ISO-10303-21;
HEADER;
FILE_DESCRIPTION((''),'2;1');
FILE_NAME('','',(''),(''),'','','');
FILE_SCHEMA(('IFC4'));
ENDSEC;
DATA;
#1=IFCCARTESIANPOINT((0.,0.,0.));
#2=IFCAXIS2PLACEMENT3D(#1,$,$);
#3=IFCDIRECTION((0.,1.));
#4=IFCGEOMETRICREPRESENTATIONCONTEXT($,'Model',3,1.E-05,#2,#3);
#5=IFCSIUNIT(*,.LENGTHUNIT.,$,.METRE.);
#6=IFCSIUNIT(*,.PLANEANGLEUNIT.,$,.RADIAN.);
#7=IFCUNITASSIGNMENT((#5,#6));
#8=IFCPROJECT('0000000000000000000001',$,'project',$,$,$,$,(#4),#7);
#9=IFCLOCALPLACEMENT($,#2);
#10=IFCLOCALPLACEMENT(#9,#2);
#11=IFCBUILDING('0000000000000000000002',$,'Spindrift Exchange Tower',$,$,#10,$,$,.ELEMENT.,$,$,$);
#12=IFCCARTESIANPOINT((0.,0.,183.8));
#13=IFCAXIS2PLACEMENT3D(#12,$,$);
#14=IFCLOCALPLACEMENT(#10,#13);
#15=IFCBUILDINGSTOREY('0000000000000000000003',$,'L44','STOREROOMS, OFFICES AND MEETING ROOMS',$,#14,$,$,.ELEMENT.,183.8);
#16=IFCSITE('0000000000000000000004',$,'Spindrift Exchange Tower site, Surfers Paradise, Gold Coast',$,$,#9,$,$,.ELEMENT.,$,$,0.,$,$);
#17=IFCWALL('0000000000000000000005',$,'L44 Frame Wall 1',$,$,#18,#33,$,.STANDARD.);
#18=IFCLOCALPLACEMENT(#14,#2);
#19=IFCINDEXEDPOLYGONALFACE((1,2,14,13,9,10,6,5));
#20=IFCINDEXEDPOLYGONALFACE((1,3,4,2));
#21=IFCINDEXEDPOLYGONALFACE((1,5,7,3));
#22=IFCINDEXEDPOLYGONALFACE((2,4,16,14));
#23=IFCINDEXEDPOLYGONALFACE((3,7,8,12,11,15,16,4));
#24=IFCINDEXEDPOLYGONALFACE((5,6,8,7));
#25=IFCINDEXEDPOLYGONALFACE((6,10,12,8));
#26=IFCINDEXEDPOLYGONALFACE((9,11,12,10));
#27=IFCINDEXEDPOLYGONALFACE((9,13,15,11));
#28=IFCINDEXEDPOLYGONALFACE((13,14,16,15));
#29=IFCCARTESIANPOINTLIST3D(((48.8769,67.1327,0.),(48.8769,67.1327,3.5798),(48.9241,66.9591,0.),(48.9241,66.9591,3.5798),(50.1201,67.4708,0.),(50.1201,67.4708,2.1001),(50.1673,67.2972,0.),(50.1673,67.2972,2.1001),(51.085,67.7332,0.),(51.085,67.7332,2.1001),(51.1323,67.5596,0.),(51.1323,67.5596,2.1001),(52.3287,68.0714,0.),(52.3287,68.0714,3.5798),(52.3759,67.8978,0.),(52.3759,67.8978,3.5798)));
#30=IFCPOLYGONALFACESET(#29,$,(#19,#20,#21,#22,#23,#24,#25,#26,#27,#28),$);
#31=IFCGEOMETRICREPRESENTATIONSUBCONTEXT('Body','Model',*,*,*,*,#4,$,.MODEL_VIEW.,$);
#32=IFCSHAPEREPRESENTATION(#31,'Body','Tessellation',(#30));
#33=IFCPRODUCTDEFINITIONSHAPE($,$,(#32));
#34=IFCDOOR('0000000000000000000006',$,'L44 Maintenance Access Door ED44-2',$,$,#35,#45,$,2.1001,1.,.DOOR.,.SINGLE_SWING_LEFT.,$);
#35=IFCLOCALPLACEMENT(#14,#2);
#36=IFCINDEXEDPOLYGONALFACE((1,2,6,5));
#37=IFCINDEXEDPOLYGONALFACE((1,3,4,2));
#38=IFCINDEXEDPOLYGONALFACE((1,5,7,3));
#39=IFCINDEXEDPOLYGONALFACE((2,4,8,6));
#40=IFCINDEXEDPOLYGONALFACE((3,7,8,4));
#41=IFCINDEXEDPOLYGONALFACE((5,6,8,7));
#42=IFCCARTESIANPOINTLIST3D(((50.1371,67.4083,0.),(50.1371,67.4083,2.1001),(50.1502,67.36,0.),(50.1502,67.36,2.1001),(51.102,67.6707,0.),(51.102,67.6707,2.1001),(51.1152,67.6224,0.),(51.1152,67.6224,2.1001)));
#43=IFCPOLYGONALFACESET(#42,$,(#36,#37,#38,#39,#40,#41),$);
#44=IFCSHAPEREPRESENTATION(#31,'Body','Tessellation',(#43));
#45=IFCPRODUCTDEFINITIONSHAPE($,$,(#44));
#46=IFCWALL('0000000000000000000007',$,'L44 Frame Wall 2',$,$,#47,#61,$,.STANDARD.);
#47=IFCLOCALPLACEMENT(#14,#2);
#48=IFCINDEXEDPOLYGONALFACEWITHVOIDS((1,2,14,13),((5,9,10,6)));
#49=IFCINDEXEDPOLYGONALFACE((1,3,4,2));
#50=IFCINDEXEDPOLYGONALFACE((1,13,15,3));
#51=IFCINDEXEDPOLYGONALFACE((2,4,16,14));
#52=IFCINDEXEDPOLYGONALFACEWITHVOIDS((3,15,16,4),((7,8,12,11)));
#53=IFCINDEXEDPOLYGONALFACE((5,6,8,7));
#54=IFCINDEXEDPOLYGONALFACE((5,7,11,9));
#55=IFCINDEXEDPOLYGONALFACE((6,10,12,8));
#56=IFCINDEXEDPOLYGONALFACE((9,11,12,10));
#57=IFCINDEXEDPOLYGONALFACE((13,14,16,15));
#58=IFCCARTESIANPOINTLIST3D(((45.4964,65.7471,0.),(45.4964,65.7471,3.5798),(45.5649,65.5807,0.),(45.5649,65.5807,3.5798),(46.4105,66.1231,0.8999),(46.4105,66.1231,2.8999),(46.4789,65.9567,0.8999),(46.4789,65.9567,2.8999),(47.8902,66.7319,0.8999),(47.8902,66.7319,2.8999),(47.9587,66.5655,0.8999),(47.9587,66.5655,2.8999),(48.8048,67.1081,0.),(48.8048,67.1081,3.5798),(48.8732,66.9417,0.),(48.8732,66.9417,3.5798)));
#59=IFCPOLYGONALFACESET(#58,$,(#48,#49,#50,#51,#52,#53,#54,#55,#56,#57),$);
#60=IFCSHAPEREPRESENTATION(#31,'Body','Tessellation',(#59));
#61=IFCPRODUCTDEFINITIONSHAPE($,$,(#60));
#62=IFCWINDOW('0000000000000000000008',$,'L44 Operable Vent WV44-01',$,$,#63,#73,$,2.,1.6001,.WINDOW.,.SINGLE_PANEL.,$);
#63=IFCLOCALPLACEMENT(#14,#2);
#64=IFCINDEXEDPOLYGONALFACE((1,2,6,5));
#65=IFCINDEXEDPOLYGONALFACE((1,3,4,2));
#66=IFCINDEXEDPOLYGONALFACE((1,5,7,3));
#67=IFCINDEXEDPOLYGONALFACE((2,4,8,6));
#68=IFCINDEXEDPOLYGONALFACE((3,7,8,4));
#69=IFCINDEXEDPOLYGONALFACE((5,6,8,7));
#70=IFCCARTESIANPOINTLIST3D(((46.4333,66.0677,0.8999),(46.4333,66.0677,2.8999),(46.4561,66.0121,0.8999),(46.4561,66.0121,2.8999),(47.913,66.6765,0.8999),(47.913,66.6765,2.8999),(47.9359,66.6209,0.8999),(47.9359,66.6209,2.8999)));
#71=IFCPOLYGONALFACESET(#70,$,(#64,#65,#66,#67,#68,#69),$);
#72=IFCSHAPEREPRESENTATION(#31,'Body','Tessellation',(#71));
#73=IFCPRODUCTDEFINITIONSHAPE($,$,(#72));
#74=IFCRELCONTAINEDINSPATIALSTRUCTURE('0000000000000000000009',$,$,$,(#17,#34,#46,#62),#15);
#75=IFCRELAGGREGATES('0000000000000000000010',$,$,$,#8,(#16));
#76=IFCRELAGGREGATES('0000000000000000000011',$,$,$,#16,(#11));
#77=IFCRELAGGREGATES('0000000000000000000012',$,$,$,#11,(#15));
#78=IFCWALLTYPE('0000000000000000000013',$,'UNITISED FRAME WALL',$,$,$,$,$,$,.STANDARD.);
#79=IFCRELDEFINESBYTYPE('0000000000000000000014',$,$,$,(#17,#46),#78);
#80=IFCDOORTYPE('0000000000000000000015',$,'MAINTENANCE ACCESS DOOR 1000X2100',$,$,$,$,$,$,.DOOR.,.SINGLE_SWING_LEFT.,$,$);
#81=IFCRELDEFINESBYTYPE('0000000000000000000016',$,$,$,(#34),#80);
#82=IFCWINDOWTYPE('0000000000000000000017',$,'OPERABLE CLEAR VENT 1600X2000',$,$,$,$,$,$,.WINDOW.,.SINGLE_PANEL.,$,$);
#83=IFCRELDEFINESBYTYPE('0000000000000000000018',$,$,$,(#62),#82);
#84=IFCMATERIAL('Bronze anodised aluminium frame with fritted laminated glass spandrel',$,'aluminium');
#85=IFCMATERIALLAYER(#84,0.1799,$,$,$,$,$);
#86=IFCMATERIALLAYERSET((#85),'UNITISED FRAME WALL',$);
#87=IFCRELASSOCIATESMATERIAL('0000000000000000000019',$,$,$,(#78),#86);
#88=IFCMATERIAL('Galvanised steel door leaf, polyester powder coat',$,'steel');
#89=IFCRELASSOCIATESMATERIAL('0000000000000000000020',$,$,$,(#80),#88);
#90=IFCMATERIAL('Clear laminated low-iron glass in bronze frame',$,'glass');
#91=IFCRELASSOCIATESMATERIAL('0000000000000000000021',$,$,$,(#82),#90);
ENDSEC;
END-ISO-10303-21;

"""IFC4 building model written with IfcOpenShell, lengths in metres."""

from ifc_helpers import new_model, si_unit, direction, frame, frame_2d, origin, place, context, subcontext, project, spatial, rectangle, extrude, source, transform, mapped, material, layer, layer_set, type_object, element, fill, save


model = new_model("IFC4")

# Units and contexts
model_context = context("Model", 3, precision=1e-05, world=origin(), true_north=direction((0.0, 1.0)))
body_context = subcontext(model_context, "Body", "Model", "MODEL_VIEW")
ifc_project = project(units=[si_unit("LENGTHUNIT", "METRE"), si_unit("PLANEANGLEUNIT", "RADIAN")], contexts=[model_context])

# Site, building, storey
site_placement = place(None, origin())
site = spatial("IfcSite", under=ifc_project, at=site_placement, Name="Spindrift Exchange Tower site, Surfers Paradise, Gold Coast", CompositionType="ELEMENT", RefElevation=0.0)
building_placement = place(site_placement, origin())
building = spatial("IfcBuilding", under=site, at=building_placement, Name="Spindrift Exchange Tower", CompositionType="ELEMENT")
storey_placement = place(building_placement, frame((0.0, 0.0, 183.8)))
storey = spatial("IfcBuildingStorey", under=building, at=storey_placement, Name="L44", Description="STOREROOMS, OFFICES AND MEETING ROOMS", CompositionType="ELEMENT", Elevation=183.8)

# Wall, opening, door
ifc_material_1 = material(Name="Bronze anodised aluminium frame with fritted laminated glass spandrel", Category="aluminium")
ifc_layer_1 = layer(ifc_material_1, 0.1799)
ifc_layer_set_1 = layer_set([ifc_layer_1], Name="UNITISED FRAME WALL")
wall_type_1 = type_object("IfcWallType", Name="UNITISED FRAME WALL", PredefinedType="STANDARD", material=ifc_layer_set_1)
wall_1_placement = place(storey_placement, frame((52.3523, 67.9846, 0.0), z_axis=(0.0, 0.0, 1.0), x_axis=(-0.964956, -0.262413, 0.0)))
wall_1 = element("IfcWall", 1, at=wall_1_placement, inside=storey, type_object=wall_type_1, Name="L44 Frame Wall 1", PredefinedType="STANDARD", context=body_context, shape_type="SweptSolid", body=[
    extrude(rectangle(XDim=3.5771, YDim=0.1799, at=frame_2d((1.7886, 0.0))), origin(), (0.0, 0.0, 1.0), 3.5798),
])
opening_1_placement = place(wall_1_placement, frame((1.2888, 0.0, 0.0)))
opening_1 = element("IfcOpeningElement", 2, at=opening_1_placement, cuts=wall_1, PredefinedType="OPENING", context=body_context, shape_type="SweptSolid", body=[
    extrude(rectangle(XDim=1.0, YDim=2.1001, at=frame_2d((0.5, 1.05))), frame((0.0, 0.0999, 0.0), z_axis=(0.0, -1.0, 0.0), x_axis=(1.0, 0.0, 0.0)), (0.0, 0.0, 1.0), 0.2),
])
ifc_material_2 = material(Name="Galvanised steel door leaf, polyester powder coat", Category="steel")
door_type = type_object("IfcDoorType", Name="MAINTENANCE ACCESS DOOR 1000X2100", OperationType="SINGLE_SWING_LEFT", PredefinedType="DOOR", material=ifc_material_2)
shared_shape_1 = source(origin(), body_context, "Body", "SweptSolid", [
    extrude(rectangle(XDim=1.0, YDim=2.1001, at=frame_2d((0.5, 1.05))), frame((0.0, 0.0249, 0.0), z_axis=(0.0, -1.0, 0.0), x_axis=(1.0, 0.0, 0.0)), (0.0, 0.0, 1.0), 0.05),
])
door_placement = place(opening_1_placement, origin())
door = element("IfcDoor", 3, at=door_placement, inside=storey, type_object=door_type, Name="L44 Maintenance Access Door ED44-2", OperationType="SINGLE_SWING_LEFT", OverallHeight=2.1001, OverallWidth=1.0, PredefinedType="DOOR", context=body_context, shape_type="MappedRepresentation", body=[
    mapped(shared_shape_1, transform((0.0, 0.0, 0.0), scale=1.0)),
])
fill(opening_1, door)

# Wall, opening, window
wall_2_placement = place(storey_placement, frame((48.8389, 67.0249, 0.0), z_axis=(0.0, 0.0, 1.0), x_axis=(-0.924794, -0.380468, 0.0)))
wall_2 = element("IfcWall", 4, at=wall_2_placement, inside=storey, type_object=wall_type_1, Name="L44 Frame Wall 2", PredefinedType="STANDARD", context=body_context, shape_type="SweptSolid", body=[
    extrude(rectangle(XDim=3.5774, YDim=0.1799, at=frame_2d((1.7886, 0.0))), origin(), (0.0, 0.0, 1.0), 3.5798),
])
opening_2_placement = place(wall_2_placement, frame((0.9888, 0.0, 0.8999)))
opening_2 = element("IfcOpeningElement", 5, at=opening_2_placement, cuts=wall_2, PredefinedType="OPENING", context=body_context, shape_type="SweptSolid", body=[
    extrude(rectangle(XDim=1.6001, YDim=2.0, at=frame_2d((0.8, 1.0))), frame((0.0, 0.0999, 0.0), z_axis=(0.0, -1.0, 0.0), x_axis=(1.0, 0.0, 0.0)), (0.0, 0.0, 1.0), 0.2),
])
ifc_material_3 = material(Name="Clear laminated low-iron glass in bronze frame", Category="glass")
window_type = type_object("IfcWindowType", Name="OPERABLE CLEAR VENT 1600X2000", PartitioningType="SINGLE_PANEL", PredefinedType="WINDOW", material=ifc_material_3)
shared_shape_2 = source(origin(), body_context, "Body", "SweptSolid", [
    extrude(rectangle(XDim=1.6001, YDim=2.0, at=frame_2d((0.8, 1.0))), frame((0.0, 0.03, 0.0), z_axis=(0.0, -1.0, 0.0), x_axis=(1.0, 0.0, 0.0)), (0.0, 0.0, 1.0), 0.0601),
])
window_placement = place(opening_2_placement, origin())
window = element("IfcWindow", 6, at=window_placement, inside=storey, type_object=window_type, Name="L44 Operable Vent WV44-01", OverallHeight=2.0, OverallWidth=1.6001, PartitioningType="SINGLE_PANEL", PredefinedType="WINDOW", context=body_context, shape_type="MappedRepresentation", body=[
    mapped(shared_shape_2, transform((0.0, 0.0, 0.0), scale=1.0)),
])
fill(opening_2, window)

save(model, "model.ifc")
